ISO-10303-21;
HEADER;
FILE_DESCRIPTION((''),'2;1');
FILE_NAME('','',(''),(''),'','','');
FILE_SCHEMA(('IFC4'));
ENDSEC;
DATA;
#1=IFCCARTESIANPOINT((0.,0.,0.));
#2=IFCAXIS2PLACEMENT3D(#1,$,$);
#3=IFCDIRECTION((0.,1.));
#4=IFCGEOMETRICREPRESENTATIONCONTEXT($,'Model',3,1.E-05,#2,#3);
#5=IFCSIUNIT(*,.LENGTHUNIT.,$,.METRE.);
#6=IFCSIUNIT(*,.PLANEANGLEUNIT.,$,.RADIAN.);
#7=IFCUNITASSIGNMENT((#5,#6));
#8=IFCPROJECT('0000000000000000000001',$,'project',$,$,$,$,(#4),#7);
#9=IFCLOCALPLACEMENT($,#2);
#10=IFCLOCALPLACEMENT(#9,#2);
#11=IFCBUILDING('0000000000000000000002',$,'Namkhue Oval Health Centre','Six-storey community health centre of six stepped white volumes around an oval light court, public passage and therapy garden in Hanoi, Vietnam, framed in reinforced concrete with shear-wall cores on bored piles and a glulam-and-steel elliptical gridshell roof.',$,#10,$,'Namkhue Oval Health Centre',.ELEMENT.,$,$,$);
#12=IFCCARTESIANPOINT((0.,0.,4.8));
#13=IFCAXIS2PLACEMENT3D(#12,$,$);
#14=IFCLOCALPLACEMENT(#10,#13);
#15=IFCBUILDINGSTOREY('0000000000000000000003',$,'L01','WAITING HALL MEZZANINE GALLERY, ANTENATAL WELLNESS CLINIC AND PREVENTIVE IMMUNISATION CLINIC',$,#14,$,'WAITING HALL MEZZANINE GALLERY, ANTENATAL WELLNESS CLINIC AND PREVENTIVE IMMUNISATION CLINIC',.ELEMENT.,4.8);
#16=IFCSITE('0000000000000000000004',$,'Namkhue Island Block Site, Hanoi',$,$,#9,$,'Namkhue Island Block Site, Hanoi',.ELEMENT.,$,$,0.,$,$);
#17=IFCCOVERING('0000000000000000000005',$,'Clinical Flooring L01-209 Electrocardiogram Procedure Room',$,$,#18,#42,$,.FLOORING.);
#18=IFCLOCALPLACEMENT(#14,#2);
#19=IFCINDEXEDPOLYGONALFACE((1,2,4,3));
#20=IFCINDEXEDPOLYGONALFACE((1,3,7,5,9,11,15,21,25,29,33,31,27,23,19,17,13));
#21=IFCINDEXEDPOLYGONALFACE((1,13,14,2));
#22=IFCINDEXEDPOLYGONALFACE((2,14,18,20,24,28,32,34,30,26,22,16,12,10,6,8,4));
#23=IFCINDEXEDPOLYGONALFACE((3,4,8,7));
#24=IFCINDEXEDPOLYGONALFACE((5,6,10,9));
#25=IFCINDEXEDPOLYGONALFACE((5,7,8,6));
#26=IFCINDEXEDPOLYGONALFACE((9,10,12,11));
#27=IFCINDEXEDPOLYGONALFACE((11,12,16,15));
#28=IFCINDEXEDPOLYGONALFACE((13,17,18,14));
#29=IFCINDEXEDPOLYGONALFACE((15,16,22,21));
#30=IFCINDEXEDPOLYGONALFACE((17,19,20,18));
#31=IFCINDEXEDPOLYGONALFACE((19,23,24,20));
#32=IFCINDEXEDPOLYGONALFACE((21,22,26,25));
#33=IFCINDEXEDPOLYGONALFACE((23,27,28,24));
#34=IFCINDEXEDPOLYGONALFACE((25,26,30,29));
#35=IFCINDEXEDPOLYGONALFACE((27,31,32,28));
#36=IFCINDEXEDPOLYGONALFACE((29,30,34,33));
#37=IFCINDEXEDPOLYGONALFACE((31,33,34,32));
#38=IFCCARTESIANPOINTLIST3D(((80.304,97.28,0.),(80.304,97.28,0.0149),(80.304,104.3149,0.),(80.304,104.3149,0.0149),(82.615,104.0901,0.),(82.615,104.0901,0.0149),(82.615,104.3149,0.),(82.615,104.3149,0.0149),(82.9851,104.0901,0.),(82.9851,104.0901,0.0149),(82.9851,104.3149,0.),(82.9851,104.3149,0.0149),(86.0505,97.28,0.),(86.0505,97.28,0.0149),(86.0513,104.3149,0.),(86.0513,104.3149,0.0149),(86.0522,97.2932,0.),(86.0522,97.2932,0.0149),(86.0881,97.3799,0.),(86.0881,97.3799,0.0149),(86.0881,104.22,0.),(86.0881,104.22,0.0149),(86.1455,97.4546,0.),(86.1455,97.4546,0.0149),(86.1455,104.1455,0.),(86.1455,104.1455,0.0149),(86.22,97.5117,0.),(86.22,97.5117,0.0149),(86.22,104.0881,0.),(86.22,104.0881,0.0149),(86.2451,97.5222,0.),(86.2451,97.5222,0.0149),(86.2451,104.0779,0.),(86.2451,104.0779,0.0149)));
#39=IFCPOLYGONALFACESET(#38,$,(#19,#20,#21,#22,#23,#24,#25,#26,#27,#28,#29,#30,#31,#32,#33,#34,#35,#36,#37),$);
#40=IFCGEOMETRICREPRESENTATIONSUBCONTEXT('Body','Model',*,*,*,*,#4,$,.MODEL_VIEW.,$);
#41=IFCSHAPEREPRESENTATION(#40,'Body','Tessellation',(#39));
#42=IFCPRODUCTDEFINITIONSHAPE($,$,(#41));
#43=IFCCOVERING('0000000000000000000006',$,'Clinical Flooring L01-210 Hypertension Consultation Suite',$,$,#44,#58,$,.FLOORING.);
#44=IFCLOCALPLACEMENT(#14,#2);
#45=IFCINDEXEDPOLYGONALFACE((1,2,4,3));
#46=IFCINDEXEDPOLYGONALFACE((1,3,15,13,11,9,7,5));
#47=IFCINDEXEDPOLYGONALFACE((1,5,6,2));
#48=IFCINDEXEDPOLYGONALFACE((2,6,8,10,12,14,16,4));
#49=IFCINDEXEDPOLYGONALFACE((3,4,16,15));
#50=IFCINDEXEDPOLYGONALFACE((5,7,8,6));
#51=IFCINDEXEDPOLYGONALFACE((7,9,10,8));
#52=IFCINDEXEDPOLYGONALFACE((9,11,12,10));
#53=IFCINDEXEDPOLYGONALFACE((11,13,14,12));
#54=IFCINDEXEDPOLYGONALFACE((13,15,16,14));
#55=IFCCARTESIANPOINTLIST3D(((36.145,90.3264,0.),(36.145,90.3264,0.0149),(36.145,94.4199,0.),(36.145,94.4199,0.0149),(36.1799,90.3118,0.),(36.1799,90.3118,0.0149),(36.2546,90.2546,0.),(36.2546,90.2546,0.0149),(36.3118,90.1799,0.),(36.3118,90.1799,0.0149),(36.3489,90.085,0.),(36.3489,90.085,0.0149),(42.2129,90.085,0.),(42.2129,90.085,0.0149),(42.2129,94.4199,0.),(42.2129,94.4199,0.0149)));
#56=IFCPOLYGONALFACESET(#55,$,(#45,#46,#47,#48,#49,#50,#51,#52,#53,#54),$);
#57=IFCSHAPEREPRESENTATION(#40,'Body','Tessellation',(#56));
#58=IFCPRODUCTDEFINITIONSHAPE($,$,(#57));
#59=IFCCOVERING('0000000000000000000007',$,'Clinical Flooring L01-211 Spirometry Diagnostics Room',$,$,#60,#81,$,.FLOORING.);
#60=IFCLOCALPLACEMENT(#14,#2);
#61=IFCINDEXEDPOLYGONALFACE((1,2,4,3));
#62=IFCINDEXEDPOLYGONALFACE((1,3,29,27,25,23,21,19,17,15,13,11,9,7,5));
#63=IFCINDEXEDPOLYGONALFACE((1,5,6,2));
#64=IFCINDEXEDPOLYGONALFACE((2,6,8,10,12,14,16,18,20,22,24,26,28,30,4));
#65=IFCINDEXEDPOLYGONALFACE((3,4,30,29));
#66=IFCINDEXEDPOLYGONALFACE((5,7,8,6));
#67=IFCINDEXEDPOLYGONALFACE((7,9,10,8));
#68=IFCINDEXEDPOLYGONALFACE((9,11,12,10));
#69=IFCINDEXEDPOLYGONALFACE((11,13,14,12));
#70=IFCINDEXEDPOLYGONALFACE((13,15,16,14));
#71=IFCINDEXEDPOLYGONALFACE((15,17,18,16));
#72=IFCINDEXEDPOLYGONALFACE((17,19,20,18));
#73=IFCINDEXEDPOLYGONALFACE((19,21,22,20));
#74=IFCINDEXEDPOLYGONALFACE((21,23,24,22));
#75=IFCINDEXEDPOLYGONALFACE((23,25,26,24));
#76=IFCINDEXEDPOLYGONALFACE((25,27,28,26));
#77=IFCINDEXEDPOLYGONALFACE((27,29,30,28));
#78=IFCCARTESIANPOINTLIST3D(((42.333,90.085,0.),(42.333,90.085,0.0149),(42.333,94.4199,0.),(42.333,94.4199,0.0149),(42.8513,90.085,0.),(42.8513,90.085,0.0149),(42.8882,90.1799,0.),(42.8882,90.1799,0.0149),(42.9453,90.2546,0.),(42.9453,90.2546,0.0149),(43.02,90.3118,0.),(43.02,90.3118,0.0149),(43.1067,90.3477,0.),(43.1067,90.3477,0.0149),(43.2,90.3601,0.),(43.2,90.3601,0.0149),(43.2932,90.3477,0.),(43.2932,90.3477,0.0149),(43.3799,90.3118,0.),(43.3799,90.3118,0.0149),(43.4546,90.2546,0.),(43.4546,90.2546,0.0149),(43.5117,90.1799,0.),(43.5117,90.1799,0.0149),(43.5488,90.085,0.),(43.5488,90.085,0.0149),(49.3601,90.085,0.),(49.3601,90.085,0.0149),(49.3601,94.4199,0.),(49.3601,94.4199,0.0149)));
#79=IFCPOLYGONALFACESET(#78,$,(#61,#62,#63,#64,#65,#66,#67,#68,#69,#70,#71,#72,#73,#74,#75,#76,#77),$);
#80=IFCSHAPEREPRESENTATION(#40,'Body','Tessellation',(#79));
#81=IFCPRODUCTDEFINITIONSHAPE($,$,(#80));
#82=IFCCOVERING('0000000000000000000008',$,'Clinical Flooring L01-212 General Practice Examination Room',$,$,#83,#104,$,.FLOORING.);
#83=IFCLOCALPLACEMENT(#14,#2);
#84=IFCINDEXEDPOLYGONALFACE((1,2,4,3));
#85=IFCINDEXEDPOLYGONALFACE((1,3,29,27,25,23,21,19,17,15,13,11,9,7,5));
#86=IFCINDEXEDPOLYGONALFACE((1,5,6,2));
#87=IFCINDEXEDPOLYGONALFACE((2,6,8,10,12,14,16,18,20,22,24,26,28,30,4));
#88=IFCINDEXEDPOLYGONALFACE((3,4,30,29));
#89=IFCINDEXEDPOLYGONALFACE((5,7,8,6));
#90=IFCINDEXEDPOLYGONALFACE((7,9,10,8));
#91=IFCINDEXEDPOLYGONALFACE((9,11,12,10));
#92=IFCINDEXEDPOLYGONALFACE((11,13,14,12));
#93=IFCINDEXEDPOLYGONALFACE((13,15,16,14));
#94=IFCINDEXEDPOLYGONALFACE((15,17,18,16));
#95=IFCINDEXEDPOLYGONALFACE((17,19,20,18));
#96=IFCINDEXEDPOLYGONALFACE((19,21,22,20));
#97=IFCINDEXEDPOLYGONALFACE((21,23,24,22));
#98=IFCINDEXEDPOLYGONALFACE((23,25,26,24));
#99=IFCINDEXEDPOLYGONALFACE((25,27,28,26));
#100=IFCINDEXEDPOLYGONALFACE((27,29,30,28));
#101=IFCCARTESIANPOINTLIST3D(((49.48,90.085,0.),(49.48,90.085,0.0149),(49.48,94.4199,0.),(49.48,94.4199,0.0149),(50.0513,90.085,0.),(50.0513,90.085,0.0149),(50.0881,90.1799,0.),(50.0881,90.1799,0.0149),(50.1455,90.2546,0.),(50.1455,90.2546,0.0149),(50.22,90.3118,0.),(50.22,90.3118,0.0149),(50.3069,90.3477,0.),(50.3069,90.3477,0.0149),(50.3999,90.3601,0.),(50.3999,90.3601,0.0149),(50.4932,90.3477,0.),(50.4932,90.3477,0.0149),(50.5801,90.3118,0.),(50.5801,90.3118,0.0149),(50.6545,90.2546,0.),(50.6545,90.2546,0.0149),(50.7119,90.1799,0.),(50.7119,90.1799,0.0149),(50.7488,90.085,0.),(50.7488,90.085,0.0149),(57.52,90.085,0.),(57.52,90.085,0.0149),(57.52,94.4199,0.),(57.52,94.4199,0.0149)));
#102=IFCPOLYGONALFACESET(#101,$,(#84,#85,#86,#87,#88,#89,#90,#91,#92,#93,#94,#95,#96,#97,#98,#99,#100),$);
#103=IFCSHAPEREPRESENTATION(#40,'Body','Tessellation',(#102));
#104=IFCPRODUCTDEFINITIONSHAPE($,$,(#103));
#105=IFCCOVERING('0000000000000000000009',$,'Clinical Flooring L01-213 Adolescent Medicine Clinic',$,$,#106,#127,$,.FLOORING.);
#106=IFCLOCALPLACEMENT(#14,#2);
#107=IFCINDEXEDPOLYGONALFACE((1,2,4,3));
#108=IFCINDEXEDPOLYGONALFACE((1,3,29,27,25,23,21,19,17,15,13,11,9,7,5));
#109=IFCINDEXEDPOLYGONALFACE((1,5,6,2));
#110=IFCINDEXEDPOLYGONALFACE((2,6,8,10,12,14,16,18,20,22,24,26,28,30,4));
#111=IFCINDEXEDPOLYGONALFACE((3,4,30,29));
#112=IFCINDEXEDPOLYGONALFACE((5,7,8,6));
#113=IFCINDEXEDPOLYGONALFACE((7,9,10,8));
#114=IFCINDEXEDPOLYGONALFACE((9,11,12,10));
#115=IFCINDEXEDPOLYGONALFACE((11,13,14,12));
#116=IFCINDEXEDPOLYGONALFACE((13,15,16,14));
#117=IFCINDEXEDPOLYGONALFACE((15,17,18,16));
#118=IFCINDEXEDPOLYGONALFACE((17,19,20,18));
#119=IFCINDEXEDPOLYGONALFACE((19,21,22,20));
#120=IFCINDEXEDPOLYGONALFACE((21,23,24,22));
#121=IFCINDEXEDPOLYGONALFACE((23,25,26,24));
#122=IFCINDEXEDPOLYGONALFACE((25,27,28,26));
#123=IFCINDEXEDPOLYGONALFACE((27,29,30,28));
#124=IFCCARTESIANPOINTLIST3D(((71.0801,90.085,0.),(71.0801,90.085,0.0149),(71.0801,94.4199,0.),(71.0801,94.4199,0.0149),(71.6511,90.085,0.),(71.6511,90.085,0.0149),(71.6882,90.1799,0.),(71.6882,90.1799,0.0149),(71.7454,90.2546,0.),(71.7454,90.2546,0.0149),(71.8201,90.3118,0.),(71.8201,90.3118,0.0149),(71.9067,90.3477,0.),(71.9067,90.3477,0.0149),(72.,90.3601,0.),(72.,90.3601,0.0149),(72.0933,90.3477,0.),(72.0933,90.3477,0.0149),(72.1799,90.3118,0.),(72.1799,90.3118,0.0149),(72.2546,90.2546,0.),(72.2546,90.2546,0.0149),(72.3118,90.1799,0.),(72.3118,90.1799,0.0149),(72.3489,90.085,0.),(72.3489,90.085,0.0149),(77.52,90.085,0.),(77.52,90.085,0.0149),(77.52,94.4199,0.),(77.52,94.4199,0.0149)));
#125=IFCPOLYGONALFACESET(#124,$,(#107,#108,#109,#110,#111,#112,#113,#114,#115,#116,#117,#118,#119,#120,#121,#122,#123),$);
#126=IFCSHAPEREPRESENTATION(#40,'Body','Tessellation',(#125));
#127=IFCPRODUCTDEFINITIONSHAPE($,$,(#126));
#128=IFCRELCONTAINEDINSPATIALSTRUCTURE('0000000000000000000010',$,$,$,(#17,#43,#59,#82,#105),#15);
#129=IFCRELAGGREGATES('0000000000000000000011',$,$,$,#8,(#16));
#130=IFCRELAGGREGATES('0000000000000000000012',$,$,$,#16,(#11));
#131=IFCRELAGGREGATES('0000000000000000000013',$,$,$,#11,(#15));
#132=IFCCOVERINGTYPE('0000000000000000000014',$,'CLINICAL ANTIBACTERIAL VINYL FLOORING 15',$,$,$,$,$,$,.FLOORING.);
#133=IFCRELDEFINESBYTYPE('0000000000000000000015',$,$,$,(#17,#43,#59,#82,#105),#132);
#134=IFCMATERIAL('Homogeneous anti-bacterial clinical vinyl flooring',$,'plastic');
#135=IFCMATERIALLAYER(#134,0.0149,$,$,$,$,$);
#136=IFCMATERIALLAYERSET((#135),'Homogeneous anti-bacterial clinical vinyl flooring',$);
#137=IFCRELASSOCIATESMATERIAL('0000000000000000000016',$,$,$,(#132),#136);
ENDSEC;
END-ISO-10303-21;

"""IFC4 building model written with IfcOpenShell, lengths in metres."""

from ifc_helpers import new_model, si_unit, direction, frame, origin, place, context, subcontext, project, spatial, polyline, outline, extrude, material, layer, layer_set, type_object, element, save


model = new_model("IFC4")

# Units and contexts
model_context = context("Model", 3, precision=1e-05, world=origin(), true_north=direction((0.0, 1.0)))
body_context = subcontext(model_context, "Body", "Model", "MODEL_VIEW")
ifc_project = project(units=[si_unit("LENGTHUNIT", "METRE"), si_unit("PLANEANGLEUNIT", "RADIAN")], contexts=[model_context])

# Site, building, storey
site_placement = place(None, origin())
site = spatial("IfcSite", under=ifc_project, at=site_placement, Name="Namkhue Island Block Site, Hanoi", LongName="Namkhue Island Block Site, Hanoi", CompositionType="ELEMENT", RefElevation=0.0)
building_placement = place(site_placement, origin())
building = spatial("IfcBuilding", under=site, at=building_placement, Name="Namkhue Oval Health Centre", Description="Six-storey community health centre of six stepped white volumes around an oval light court, public passage and therapy garden in Hanoi, Vietnam, framed in reinforced concrete with shear-wall cores on bored piles and a glulam-and-steel elliptical gridshell roof.", LongName="Namkhue Oval Health Centre", CompositionType="ELEMENT")
storey_placement = place(building_placement, frame((0.0, 0.0, 4.8)))
storey = spatial("IfcBuildingStorey", under=building, at=storey_placement, Name="L01", Description="WAITING HALL MEZZANINE GALLERY, ANTENATAL WELLNESS CLINIC AND PREVENTIVE IMMUNISATION CLINIC", LongName="WAITING HALL MEZZANINE GALLERY, ANTENATAL WELLNESS CLINIC AND PREVENTIVE IMMUNISATION CLINIC", CompositionType="ELEMENT", Elevation=4.8)

# Coverings
ifc_material = material(Name="Homogeneous anti-bacterial clinical vinyl flooring", Category="plastic")
ifc_layer = layer(ifc_material, 0.0149)
ifc_layer_set = layer_set([ifc_layer], Name="Homogeneous anti-bacterial clinical vinyl flooring")
covering_type = type_object("IfcCoveringType", Name="CLINICAL ANTIBACTERIAL VINYL FLOORING 15", PredefinedType="FLOORING", material=ifc_layer_set)
covering_1_placement = place(storey_placement, origin())
element("IfcCovering", 1, at=covering_1_placement, inside=storey, type_object=covering_type, Name="Clinical Flooring L01-209 Electrocardiogram Procedure Room", PredefinedType="FLOORING", context=body_context, shape_type="SweptSolid", body=[
    extrude(outline(polyline([(80.304, 97.28), (80.304, 104.3149), (82.615, 104.3149), (82.615, 104.0901), (82.9851, 104.0901), (82.9851, 104.3149), (86.0513, 104.3149), (86.0881, 104.22), (86.1455, 104.1455), (86.22, 104.0881), (86.2451, 104.0779), (86.2451, 97.5222), (86.22, 97.5117), (86.1455, 97.4546), (86.0881, 97.3799), (86.0522, 97.2932), (86.0505, 97.28), (80.304, 97.28)])), origin(), (0.0, 0.0, 1.0), 0.0149),
])
covering_2_placement = place(storey_placement, origin())
element("IfcCovering", 2, at=covering_2_placement, inside=storey, type_object=covering_type, Name="Clinical Flooring L01-210 Hypertension Consultation Suite", PredefinedType="FLOORING", context=body_context, shape_type="SweptSolid", body=[
    extrude(outline(polyline([(36.3489, 90.085), (36.3118, 90.1799), (36.2546, 90.2546), (36.1799, 90.3118), (36.145, 90.3264), (36.145, 94.4199), (42.2129, 94.4199), (42.2129, 90.085), (36.3489, 90.085)])), origin(), (0.0, 0.0, 1.0), 0.0149),
])
covering_3_placement = place(storey_placement, origin())
element("IfcCovering", 3, at=covering_3_placement, inside=storey, type_object=covering_type, Name="Clinical Flooring L01-211 Spirometry Diagnostics Room", PredefinedType="FLOORING", context=body_context, shape_type="SweptSolid", body=[
    extrude(outline(polyline([(43.5488, 90.085), (43.5117, 90.1799), (43.4546, 90.2546), (43.3799, 90.3118), (43.2932, 90.3477), (43.2, 90.3601), (43.1067, 90.3477), (43.02, 90.3118), (42.9453, 90.2546), (42.8882, 90.1799), (42.8513, 90.085), (42.333, 90.085), (42.333, 94.4199), (49.3601, 94.4199), (49.3601, 90.085), (43.5488, 90.085)])), origin(), (0.0, 0.0, 1.0), 0.0149),
])
covering_4_placement = place(storey_placement, origin())
element("IfcCovering", 4, at=covering_4_placement, inside=storey, type_object=covering_type, Name="Clinical Flooring L01-212 General Practice Examination Room", PredefinedType="FLOORING", context=body_context, shape_type="SweptSolid", body=[
    extrude(outline(polyline([(50.7488, 90.085), (50.7119, 90.1799), (50.6545, 90.2546), (50.5801, 90.3118), (50.4932, 90.3477), (50.3999, 90.3601), (50.3069, 90.3477), (50.22, 90.3118), (50.1455, 90.2546), (50.0881, 90.1799), (50.0513, 90.085), (49.48, 90.085), (49.48, 94.4199), (57.52, 94.4199), (57.52, 90.085), (50.7488, 90.085)])), origin(), (0.0, 0.0, 1.0), 0.0149),
])
covering_5_placement = place(storey_placement, origin())
element("IfcCovering", 5, at=covering_5_placement, inside=storey, type_object=covering_type, Name="Clinical Flooring L01-213 Adolescent Medicine Clinic", PredefinedType="FLOORING", context=body_context, shape_type="SweptSolid", body=[
    extrude(outline(polyline([(72.3489, 90.085), (72.3118, 90.1799), (72.2546, 90.2546), (72.1799, 90.3118), (72.0933, 90.3477), (72.0, 90.3601), (71.9067, 90.3477), (71.8201, 90.3118), (71.7454, 90.2546), (71.6882, 90.1799), (71.6511, 90.085), (71.0801, 90.085), (71.0801, 94.4199), (77.52, 94.4199), (77.52, 90.085), (72.3489, 90.085)])), origin(), (0.0, 0.0, 1.0), 0.0149),
])

save(model, "model.ifc")
